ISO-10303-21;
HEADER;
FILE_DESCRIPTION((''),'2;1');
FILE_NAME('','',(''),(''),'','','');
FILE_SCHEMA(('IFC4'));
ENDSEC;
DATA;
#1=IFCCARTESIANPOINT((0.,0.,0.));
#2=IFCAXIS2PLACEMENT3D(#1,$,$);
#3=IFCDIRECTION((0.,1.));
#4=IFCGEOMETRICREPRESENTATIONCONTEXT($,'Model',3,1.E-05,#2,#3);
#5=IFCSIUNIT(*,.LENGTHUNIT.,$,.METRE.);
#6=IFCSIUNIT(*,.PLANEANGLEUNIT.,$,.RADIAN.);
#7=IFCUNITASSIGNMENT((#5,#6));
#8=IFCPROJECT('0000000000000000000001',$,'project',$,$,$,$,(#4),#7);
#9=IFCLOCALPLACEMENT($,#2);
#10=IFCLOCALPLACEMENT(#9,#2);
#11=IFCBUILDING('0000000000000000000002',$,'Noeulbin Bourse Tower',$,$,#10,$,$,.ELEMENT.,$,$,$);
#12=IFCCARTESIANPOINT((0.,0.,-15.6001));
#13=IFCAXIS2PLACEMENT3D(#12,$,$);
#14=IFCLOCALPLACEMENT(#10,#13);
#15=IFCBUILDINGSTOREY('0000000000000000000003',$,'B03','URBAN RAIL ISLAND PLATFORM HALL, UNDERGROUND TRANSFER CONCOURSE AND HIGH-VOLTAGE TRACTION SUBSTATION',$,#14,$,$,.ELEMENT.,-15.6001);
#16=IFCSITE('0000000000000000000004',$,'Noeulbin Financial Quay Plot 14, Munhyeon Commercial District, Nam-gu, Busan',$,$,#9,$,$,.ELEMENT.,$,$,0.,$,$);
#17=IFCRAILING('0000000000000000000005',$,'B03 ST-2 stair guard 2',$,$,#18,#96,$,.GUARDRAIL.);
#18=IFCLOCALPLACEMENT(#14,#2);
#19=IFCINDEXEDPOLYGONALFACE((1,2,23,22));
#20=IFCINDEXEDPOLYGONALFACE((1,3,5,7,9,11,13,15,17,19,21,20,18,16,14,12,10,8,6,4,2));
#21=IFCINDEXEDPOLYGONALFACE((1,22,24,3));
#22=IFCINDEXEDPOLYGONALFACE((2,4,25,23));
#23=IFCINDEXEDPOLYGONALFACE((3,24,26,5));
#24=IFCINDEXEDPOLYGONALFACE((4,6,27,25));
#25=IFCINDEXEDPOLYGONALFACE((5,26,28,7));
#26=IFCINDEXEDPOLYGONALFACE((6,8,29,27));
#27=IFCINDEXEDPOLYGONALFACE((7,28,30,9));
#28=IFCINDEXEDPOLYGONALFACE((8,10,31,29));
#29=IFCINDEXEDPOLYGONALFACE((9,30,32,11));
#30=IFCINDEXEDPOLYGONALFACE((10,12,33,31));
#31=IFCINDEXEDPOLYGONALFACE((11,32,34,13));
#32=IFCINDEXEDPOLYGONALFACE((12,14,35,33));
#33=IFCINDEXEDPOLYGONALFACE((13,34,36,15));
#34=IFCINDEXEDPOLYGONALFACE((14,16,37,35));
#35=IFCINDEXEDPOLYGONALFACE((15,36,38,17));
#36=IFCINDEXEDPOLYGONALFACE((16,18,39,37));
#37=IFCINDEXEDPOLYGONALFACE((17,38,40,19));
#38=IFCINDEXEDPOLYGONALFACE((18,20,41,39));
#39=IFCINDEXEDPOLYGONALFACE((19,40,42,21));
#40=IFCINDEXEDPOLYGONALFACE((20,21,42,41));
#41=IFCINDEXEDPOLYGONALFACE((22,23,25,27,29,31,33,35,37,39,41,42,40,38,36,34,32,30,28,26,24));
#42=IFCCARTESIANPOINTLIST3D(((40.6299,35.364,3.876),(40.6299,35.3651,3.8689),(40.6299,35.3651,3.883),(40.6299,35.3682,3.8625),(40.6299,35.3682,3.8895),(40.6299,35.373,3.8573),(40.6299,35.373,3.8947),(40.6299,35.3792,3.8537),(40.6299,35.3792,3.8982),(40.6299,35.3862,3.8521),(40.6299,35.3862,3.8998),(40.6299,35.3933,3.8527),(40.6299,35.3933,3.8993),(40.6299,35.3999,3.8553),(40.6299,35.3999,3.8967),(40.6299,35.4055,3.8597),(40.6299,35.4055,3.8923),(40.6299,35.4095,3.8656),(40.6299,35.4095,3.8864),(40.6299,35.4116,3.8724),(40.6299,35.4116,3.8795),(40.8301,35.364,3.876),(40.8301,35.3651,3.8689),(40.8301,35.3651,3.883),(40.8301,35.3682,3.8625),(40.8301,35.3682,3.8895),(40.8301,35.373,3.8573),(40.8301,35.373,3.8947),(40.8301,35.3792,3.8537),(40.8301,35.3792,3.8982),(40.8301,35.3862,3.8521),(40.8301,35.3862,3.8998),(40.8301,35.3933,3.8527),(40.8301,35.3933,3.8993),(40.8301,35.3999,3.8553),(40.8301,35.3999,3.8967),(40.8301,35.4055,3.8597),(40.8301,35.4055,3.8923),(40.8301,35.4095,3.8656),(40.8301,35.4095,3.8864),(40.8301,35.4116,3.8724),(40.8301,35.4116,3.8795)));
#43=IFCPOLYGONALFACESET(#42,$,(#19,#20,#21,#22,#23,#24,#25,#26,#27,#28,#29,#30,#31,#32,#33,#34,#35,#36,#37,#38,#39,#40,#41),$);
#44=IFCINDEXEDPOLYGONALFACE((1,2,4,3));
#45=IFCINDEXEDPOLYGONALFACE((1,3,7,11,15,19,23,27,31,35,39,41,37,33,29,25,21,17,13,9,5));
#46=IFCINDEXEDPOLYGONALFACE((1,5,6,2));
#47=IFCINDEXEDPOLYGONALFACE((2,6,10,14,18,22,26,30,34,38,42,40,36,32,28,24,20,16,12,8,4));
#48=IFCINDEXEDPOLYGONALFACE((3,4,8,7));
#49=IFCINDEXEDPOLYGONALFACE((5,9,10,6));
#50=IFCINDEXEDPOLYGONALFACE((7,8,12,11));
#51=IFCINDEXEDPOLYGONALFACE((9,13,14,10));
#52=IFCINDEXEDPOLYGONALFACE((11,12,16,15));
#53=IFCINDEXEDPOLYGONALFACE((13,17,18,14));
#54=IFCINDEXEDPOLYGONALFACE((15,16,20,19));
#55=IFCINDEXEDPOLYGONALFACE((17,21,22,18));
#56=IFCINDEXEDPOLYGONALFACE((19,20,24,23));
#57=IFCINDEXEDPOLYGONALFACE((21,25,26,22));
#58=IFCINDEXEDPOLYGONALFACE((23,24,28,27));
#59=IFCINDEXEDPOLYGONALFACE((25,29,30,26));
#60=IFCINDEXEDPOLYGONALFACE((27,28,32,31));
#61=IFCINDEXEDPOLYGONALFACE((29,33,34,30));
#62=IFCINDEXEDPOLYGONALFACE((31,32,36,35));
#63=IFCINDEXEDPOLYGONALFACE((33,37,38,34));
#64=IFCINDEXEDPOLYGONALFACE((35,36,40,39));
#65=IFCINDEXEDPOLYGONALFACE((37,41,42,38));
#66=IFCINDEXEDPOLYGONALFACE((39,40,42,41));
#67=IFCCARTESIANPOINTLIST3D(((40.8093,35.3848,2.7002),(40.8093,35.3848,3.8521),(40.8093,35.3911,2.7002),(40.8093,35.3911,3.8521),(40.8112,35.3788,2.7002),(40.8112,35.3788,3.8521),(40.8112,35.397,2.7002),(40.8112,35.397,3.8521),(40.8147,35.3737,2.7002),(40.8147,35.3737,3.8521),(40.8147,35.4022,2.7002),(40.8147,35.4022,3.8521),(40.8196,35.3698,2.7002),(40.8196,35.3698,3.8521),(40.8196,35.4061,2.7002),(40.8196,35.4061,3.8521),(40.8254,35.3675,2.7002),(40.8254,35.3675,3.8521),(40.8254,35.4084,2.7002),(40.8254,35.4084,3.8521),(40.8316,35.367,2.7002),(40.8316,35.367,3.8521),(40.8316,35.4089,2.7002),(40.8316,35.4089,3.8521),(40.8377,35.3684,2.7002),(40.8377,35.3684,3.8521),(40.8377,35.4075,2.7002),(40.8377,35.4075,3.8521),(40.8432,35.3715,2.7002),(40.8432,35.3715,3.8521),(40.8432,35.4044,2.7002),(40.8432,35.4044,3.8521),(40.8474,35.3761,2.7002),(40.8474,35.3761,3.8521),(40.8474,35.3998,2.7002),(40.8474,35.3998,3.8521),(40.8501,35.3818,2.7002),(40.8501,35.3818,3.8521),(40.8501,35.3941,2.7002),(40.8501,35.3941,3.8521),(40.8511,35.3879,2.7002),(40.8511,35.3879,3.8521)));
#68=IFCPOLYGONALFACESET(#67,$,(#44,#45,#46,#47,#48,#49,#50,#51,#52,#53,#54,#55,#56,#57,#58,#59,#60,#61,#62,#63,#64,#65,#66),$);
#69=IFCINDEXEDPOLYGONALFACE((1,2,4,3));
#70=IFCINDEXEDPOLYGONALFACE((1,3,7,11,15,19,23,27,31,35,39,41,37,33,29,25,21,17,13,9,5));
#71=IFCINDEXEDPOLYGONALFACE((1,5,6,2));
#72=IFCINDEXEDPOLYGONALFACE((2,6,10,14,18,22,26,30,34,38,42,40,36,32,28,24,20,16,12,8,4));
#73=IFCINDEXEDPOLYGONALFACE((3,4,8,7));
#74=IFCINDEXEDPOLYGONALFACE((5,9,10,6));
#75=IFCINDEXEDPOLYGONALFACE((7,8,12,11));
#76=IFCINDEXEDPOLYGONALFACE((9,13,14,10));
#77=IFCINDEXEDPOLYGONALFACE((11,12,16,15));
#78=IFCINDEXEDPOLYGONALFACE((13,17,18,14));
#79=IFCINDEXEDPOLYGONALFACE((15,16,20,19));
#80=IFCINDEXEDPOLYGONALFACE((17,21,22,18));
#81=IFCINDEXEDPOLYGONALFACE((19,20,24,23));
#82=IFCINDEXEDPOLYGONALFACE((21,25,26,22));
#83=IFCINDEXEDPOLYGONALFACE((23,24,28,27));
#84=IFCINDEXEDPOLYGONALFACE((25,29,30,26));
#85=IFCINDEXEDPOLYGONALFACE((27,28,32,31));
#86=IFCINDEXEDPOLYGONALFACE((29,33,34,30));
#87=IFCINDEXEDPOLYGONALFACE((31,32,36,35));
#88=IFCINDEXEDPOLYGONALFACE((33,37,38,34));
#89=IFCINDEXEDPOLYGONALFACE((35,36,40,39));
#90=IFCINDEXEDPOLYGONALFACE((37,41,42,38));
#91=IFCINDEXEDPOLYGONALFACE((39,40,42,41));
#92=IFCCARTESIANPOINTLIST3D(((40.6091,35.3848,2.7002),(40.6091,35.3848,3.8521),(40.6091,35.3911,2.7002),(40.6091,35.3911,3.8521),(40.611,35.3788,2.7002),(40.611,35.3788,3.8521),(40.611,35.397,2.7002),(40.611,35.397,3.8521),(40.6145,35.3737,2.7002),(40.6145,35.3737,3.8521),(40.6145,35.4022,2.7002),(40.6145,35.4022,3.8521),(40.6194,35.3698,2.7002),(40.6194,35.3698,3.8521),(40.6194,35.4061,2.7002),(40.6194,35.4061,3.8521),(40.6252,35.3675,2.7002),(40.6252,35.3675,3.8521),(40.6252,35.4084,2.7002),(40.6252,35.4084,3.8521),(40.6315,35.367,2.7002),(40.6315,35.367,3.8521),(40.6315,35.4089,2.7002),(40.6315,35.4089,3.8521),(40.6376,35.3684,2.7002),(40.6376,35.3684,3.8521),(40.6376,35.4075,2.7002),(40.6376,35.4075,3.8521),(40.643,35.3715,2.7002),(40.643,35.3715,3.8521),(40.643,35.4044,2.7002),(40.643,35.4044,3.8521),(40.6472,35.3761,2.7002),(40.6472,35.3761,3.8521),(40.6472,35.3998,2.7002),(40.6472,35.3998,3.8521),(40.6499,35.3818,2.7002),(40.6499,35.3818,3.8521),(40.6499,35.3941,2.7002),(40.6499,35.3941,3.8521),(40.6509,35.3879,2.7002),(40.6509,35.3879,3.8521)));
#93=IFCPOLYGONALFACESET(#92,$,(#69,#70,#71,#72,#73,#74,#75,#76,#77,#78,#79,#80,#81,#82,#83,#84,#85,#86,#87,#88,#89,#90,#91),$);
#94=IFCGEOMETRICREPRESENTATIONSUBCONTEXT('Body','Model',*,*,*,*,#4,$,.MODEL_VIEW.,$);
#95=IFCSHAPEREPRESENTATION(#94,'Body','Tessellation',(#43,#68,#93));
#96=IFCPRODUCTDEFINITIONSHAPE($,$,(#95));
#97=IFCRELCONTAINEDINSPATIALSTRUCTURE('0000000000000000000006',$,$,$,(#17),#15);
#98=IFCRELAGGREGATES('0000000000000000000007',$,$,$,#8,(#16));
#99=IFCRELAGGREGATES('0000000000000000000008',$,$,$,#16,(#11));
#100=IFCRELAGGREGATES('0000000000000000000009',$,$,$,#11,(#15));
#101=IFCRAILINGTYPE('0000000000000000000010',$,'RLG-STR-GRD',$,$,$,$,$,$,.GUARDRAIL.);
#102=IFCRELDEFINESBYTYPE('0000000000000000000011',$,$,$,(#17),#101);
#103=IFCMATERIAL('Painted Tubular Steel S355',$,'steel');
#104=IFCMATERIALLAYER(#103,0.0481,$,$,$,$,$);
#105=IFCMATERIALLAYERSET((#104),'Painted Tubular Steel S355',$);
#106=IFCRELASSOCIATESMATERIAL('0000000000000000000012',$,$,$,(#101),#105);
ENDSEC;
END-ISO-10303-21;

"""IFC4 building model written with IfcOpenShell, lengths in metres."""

from ifc_helpers import new_model, si_unit, direction, frame, origin, origin_2d, place, context, subcontext, project, spatial, circle, extrude, material, layer, layer_set, type_object, element, save


model = new_model("IFC4")

# Units and contexts
model_context = context("Model", 3, precision=1e-05, world=origin(), true_north=direction((0.0, 1.0)))
body_context = subcontext(model_context, "Body", "Model", "MODEL_VIEW")
ifc_project = project(units=[si_unit("LENGTHUNIT", "METRE"), si_unit("PLANEANGLEUNIT", "RADIAN")], contexts=[model_context])

# Site, building, storey
site_placement = place(None, origin())
site = spatial("IfcSite", under=ifc_project, at=site_placement, Name="Noeulbin Financial Quay Plot 14, Munhyeon Commercial District, Nam-gu, Busan", CompositionType="ELEMENT", RefElevation=0.0)
building_placement = place(site_placement, origin())
building = spatial("IfcBuilding", under=site, at=building_placement, Name="Noeulbin Bourse Tower", CompositionType="ELEMENT")
storey_placement = place(building_placement, frame((0.0, 0.0, -15.6001)))
storey = spatial("IfcBuildingStorey", under=building, at=storey_placement, Name="B03", Description="URBAN RAIL ISLAND PLATFORM HALL, UNDERGROUND TRANSFER CONCOURSE AND HIGH-VOLTAGE TRACTION SUBSTATION", CompositionType="ELEMENT", Elevation=-15.6001)

# Railing
ifc_material_1 = material(Name="Painted Tubular Steel S355", Category="steel")
ifc_layer_1 = layer(ifc_material_1, 0.0481)
ifc_layer_set_1 = layer_set([ifc_layer_1], Name="Painted Tubular Steel S355")
railing_type_1 = type_object("IfcRailingType", Name="RLG-STR-GRD", PredefinedType="GUARDRAIL", material=ifc_layer_set_1)
railing_1_placement = place(storey_placement, frame((40.8301, 35.3879, 2.7002)))
element("IfcRailing", 1, at=railing_1_placement, inside=storey, type_object=railing_type_1, Name="B03 ST-2 stair guard 2", PredefinedType="GUARDRAIL", context=body_context, shape_type="SweptSolid", body=[
    extrude(circle(Radius=0.0239, at=origin_2d()), frame((0.0, 0.0, 1.1758), z_axis=(-1.0, 0.0, 0.0), x_axis=(0.0, -1.0, 0.0)), (0.0, 0.0, 1.0), 0.2002),
    extrude(circle(Radius=0.021, at=origin_2d()), origin(), (0.0, 0.0, 1.0), 1.1519),
    extrude(circle(Radius=0.021, at=origin_2d()), frame((-0.2002, 0.0, 0.0)), (0.0, 0.0, 1.0), 1.1519),
])

save(model, "model.ifc")
